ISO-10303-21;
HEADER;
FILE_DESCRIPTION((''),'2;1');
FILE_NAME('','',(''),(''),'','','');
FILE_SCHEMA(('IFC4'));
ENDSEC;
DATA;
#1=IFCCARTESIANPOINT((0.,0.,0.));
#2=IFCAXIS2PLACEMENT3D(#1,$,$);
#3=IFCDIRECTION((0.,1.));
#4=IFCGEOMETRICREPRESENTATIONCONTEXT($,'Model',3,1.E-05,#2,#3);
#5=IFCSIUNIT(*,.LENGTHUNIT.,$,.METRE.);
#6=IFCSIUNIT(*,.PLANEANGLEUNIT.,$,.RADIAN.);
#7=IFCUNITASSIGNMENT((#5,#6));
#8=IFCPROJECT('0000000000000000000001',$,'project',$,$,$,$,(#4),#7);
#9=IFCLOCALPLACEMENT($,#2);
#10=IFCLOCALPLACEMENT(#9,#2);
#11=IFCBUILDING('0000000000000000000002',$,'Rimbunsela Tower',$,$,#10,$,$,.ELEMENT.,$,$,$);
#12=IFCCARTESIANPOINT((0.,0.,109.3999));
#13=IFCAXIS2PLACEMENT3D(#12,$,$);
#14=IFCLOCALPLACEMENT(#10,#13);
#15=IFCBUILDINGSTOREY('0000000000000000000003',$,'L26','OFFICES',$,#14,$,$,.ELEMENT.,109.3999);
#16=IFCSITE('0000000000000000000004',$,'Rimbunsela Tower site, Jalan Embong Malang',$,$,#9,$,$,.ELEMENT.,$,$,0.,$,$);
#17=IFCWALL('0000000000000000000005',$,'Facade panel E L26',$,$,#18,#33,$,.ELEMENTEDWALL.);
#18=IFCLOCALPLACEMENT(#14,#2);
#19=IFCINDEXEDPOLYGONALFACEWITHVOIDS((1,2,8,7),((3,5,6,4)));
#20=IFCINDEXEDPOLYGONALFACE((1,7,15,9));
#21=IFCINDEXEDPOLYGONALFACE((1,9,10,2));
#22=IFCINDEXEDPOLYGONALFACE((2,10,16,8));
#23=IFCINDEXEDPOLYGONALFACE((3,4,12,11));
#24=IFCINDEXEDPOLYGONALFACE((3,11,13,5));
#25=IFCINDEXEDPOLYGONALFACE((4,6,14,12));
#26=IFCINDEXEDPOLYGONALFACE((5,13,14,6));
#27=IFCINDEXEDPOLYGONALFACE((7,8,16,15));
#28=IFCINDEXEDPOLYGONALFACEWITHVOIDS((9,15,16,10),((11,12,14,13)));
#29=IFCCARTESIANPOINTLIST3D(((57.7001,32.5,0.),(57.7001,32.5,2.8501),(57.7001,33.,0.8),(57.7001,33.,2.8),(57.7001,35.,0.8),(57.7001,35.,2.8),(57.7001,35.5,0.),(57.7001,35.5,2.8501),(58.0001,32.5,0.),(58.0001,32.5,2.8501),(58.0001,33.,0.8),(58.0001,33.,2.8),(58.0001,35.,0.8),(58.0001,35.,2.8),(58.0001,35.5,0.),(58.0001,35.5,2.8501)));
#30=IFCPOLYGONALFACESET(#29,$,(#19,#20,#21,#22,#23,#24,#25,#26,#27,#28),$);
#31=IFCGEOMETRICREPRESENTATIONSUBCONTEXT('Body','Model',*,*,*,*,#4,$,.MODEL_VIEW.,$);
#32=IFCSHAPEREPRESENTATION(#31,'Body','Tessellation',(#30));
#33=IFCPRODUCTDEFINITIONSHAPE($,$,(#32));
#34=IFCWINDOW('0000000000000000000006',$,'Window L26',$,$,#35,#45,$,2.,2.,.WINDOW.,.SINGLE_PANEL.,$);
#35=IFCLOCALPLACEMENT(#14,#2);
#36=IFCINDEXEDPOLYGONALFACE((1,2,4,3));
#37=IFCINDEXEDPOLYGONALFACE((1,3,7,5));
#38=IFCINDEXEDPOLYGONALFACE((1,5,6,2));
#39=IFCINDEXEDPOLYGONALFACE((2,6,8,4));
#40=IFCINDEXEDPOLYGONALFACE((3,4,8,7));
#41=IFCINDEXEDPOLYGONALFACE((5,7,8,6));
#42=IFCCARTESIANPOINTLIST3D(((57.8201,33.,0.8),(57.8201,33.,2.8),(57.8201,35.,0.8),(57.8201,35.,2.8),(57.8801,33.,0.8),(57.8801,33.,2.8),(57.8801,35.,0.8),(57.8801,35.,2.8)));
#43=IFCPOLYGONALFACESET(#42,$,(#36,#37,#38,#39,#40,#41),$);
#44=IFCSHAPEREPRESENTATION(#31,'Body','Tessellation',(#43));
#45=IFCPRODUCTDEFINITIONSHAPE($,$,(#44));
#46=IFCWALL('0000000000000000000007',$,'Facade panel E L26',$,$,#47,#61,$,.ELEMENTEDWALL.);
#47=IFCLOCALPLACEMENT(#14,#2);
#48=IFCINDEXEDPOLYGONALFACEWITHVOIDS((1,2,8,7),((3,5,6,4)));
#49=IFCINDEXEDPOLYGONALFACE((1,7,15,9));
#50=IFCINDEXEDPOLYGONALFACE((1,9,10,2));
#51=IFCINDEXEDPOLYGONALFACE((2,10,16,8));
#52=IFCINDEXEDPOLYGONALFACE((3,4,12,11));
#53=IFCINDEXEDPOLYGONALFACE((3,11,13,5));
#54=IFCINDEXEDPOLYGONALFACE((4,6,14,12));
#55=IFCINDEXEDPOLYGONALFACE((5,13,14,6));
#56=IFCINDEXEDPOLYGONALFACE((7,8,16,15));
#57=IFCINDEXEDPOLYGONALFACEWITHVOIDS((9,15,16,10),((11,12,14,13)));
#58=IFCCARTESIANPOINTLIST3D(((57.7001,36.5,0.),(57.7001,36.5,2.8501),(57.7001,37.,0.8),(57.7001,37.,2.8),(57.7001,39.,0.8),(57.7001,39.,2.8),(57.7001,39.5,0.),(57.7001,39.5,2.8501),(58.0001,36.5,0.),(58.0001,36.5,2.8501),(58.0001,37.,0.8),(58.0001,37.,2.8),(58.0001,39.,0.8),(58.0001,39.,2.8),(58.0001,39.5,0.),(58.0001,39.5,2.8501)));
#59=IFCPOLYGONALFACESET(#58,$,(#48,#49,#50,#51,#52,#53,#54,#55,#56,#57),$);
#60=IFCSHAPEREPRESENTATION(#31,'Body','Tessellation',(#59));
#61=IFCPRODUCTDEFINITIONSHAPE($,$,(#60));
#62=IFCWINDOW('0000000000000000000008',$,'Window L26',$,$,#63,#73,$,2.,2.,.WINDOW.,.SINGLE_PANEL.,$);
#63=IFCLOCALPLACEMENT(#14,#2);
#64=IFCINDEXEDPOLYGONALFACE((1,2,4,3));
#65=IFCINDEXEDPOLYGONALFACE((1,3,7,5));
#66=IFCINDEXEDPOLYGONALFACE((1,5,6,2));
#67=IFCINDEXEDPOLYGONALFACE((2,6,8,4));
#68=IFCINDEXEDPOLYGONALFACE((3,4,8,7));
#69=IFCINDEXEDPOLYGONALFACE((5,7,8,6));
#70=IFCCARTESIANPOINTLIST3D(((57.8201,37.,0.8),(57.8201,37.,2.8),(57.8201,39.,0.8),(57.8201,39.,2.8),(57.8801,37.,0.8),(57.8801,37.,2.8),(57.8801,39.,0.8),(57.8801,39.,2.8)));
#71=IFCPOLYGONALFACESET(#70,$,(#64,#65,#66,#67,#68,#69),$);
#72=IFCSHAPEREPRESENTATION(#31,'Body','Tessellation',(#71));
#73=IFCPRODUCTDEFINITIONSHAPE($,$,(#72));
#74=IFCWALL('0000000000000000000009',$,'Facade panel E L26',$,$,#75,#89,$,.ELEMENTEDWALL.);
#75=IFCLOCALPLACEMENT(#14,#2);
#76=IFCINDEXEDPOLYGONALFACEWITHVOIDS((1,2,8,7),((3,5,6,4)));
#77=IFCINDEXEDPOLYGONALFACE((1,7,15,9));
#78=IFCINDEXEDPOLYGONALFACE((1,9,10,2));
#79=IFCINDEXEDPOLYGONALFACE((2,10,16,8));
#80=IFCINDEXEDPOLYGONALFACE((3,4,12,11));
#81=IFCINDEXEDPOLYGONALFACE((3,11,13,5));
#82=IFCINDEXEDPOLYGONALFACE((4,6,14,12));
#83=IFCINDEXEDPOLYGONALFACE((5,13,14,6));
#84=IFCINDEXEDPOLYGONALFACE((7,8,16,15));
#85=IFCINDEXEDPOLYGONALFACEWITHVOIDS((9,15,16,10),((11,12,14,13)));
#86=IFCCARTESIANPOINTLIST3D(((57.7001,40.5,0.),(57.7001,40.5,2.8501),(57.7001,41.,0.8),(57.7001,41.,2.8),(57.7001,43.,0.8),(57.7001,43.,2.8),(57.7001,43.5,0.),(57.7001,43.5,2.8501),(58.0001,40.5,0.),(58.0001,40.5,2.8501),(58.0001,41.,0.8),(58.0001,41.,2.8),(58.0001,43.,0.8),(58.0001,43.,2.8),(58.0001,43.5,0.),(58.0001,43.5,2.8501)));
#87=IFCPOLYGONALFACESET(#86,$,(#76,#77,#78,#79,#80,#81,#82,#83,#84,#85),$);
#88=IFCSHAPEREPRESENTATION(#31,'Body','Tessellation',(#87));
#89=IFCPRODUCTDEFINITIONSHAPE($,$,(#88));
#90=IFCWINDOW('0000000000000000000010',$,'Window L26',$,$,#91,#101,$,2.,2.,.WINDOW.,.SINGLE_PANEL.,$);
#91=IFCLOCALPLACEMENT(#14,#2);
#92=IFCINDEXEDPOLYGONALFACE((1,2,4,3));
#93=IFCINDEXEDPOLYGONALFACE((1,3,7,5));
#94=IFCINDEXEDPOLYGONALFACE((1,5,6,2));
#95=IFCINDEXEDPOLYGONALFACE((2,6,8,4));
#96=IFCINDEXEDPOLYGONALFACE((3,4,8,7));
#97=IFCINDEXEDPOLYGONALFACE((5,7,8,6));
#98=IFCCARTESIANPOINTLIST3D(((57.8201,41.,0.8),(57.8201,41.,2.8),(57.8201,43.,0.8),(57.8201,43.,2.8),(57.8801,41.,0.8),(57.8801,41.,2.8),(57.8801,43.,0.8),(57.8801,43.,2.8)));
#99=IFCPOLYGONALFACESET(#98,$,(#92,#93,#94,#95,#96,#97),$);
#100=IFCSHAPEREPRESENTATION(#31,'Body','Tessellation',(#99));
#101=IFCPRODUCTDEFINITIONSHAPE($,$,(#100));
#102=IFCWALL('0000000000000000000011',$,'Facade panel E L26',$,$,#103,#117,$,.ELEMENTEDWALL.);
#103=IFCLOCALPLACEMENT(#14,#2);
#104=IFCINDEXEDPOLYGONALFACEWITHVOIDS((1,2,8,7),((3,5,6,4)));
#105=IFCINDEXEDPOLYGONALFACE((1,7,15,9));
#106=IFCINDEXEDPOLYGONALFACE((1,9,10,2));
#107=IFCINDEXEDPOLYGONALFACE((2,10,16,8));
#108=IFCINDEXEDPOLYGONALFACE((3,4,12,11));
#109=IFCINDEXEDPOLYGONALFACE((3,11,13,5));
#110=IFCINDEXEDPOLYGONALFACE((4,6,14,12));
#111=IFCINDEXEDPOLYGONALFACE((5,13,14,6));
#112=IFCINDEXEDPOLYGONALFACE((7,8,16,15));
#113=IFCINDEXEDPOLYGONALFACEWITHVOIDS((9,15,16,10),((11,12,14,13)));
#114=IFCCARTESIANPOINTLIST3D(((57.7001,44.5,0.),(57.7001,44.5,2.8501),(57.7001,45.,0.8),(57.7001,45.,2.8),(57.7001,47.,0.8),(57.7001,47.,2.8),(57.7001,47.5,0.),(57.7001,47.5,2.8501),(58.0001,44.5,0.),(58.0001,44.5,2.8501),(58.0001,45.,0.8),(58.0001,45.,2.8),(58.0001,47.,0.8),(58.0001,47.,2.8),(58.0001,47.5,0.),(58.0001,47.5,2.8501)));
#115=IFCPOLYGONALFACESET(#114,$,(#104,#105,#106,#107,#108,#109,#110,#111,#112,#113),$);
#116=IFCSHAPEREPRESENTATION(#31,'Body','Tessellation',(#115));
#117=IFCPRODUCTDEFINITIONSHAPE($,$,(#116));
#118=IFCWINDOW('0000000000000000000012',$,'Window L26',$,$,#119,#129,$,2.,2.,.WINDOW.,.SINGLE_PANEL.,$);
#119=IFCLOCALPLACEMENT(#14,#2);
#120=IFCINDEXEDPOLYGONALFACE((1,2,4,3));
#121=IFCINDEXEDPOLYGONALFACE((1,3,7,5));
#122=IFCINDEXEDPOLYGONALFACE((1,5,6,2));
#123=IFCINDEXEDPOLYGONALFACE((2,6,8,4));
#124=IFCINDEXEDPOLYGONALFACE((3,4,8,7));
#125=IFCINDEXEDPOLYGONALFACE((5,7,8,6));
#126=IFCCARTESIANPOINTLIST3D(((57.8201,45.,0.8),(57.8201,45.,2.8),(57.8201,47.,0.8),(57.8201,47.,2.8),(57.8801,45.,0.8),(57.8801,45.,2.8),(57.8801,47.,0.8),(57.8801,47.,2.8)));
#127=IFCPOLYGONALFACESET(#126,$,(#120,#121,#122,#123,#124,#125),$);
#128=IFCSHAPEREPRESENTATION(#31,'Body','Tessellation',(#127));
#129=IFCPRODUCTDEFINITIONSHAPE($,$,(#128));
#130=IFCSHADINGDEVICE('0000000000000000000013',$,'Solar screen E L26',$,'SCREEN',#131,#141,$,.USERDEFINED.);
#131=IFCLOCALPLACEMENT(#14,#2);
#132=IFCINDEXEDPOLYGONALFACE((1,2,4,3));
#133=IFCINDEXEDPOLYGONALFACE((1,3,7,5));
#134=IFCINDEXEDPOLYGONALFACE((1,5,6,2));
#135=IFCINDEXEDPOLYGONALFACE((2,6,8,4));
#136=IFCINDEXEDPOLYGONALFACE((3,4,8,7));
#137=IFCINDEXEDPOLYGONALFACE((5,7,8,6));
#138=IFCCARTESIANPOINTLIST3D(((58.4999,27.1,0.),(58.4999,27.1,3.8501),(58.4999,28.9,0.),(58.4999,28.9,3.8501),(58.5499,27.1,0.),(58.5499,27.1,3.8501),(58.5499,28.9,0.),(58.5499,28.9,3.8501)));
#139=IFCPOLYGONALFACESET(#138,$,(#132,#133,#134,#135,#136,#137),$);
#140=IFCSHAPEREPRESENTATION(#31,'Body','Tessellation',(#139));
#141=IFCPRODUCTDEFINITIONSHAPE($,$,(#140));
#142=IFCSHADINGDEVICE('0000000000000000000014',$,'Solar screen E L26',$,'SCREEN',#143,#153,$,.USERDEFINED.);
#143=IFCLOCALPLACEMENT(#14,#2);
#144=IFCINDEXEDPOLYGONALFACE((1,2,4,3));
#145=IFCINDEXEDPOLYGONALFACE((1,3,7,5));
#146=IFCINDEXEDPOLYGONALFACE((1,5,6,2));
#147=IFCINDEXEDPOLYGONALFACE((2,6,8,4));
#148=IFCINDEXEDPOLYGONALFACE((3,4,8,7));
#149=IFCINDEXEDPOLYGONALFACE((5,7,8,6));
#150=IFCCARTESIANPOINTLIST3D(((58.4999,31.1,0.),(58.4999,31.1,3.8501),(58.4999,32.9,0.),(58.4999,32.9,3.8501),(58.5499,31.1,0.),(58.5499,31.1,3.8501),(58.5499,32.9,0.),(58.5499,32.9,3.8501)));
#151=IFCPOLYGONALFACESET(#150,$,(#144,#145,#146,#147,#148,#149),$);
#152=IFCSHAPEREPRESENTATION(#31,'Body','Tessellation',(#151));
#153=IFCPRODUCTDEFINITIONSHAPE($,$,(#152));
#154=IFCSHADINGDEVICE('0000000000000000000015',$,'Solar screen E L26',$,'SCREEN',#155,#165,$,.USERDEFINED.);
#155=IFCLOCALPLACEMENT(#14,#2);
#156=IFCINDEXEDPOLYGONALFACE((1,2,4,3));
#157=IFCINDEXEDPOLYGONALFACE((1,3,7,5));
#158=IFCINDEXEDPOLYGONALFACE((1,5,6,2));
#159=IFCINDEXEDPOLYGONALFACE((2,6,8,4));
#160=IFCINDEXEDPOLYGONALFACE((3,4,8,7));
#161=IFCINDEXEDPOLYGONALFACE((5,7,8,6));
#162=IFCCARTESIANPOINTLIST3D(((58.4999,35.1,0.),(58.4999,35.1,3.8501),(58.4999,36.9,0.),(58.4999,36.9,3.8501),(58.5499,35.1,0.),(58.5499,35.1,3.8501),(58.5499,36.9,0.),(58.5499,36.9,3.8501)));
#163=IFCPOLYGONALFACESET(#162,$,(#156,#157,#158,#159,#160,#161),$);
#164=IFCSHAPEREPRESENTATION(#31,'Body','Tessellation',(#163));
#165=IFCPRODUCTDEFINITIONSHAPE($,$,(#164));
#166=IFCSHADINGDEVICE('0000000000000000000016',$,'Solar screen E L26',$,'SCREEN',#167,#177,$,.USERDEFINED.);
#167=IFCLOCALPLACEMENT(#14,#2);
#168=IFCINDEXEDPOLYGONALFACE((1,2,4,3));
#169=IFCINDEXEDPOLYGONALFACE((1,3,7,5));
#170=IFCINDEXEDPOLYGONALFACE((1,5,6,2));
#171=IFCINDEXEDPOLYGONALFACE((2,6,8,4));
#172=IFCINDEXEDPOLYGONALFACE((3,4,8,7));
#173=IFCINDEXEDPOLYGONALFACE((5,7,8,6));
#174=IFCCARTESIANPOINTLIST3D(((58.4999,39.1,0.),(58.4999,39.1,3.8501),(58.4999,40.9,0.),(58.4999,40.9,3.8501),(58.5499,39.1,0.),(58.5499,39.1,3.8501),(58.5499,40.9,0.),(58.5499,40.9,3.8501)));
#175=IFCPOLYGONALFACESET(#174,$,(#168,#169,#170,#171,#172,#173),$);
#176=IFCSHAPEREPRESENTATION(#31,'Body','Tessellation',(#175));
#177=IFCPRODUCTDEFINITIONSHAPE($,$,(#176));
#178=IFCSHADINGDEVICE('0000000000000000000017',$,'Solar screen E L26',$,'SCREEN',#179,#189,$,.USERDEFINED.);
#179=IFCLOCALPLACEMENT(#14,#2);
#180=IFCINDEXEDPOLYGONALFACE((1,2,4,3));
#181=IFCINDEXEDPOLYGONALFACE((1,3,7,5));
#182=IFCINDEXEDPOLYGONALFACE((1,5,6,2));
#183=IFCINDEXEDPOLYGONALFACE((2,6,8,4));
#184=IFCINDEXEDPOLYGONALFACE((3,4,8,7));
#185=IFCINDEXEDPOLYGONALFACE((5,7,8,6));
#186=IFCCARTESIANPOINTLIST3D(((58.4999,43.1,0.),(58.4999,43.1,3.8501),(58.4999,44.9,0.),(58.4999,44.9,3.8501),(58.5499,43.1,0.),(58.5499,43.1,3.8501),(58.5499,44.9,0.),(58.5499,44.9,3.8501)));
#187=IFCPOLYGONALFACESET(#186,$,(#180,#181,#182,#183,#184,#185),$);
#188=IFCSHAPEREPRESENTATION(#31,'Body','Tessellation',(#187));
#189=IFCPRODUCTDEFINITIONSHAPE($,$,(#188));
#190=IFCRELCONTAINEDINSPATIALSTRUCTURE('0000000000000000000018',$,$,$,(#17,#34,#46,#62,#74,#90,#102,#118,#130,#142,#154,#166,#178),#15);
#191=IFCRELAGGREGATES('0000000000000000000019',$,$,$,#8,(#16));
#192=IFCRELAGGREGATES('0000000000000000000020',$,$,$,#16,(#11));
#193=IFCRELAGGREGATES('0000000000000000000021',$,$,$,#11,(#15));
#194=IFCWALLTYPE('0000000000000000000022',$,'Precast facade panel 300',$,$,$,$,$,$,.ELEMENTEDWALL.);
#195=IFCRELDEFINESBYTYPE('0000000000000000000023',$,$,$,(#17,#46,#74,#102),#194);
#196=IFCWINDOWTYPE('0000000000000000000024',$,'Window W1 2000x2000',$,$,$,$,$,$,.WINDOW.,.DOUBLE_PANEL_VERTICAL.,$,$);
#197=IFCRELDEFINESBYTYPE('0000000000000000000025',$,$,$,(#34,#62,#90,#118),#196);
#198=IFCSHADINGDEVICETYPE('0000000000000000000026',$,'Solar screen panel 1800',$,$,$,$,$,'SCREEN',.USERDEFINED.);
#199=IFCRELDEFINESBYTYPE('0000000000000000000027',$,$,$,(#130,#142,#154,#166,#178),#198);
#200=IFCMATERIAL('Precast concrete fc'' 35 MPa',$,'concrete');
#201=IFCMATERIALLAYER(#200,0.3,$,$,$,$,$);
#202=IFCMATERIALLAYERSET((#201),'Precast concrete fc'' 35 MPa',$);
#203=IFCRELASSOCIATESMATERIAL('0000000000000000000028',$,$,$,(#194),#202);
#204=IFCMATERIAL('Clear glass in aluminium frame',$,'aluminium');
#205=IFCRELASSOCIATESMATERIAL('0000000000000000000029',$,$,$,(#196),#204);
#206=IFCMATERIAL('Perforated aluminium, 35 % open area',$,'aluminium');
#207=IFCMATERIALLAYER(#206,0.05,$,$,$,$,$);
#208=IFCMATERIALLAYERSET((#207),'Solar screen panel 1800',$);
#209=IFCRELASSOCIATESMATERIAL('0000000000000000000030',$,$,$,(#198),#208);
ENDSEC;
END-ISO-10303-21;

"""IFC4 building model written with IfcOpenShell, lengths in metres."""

from ifc_helpers import new_model, si_unit, direction, frame, frame_2d, origin, origin_2d, place, context, subcontext, project, spatial, rectangle, extrude, material, layer, layer_set, type_object, element, fill, save


model = new_model("IFC4")

# Units and contexts
model_context = context("Model", 3, precision=1e-05, world=origin(), true_north=direction((0.0, 1.0)))
body_context = subcontext(model_context, "Body", "Model", "MODEL_VIEW")
ifc_project = project(units=[si_unit("LENGTHUNIT", "METRE"), si_unit("PLANEANGLEUNIT", "RADIAN")], contexts=[model_context])

# Site, building, storey
site_placement = place(None, origin())
site = spatial("IfcSite", under=ifc_project, at=site_placement, Name="Rimbunsela Tower site, Jalan Embong Malang", CompositionType="ELEMENT", RefElevation=0.0)
building_placement = place(site_placement, origin())
building = spatial("IfcBuilding", under=site, at=building_placement, Name="Rimbunsela Tower", CompositionType="ELEMENT")
storey_placement = place(building_placement, frame((0.0, 0.0, 109.3999)))
storey = spatial("IfcBuildingStorey", under=building, at=storey_placement, Name="L26", Description="OFFICES", CompositionType="ELEMENT", Elevation=109.3999)

# Walls, openings, windows
ifc_material_1 = material(Name="Precast concrete fc' 35 MPa", Category="concrete")
ifc_layer_1 = layer(ifc_material_1, 0.3)
ifc_layer_set_1 = layer_set([ifc_layer_1], Name="Precast concrete fc' 35 MPa")
wall_type_1 = type_object("IfcWallType", Name="Precast facade panel 300", PredefinedType="ELEMENTEDWALL", material=ifc_layer_set_1)
ifc_material_2 = material(Name="Clear glass in aluminium frame", Category="aluminium")
window_type = type_object("IfcWindowType", Name="Window W1 2000x2000", PartitioningType="DOUBLE_PANEL_VERTICAL", PredefinedType="WINDOW", material=ifc_material_2)
wall_1_placement = place(storey_placement, frame((57.8501, 32.5, 0.0), z_axis=(0.0, 0.0, 1.0), x_axis=(0.0, 1.0, 0.0)))
wall_1 = element("IfcWall", 1, at=wall_1_placement, inside=storey, type_object=wall_type_1, Name="Facade panel E L26", PredefinedType="ELEMENTEDWALL", context=body_context, shape_type="SweptSolid", body=[
    extrude(rectangle(XDim=3.0, YDim=0.3, at=frame_2d((1.5, 0.0))), origin(), (0.0, 0.0, 1.0), 2.8501),
])
opening_1_placement = place(wall_1_placement, frame((0.5, 0.0, 0.8)))
opening_1 = element("IfcOpeningElement", 2, at=opening_1_placement, cuts=wall_1, PredefinedType="OPENING", context=body_context, shape_type="SweptSolid", body=[
    extrude(rectangle(XDim=2.0, YDim=2.0, at=frame_2d((1.0, 1.0))), frame((0.0, 0.1599, 0.0), z_axis=(0.0, -1.0, 0.0), x_axis=(1.0, 0.0, 0.0)), (0.0, 0.0, 1.0), 0.3201),
])
window_1_placement = place(opening_1_placement, origin())
window_1 = element("IfcWindow", 3, at=window_1_placement, inside=storey, type_object=window_type, Name="Window L26", OverallHeight=2.0, OverallWidth=2.0, PartitioningType="SINGLE_PANEL", PredefinedType="WINDOW", context=body_context, shape_type="SweptSolid", body=[
    extrude(rectangle(XDim=2.0, YDim=2.0, at=frame_2d((1.0, 1.0))), frame((0.0, 0.03, 0.0), z_axis=(0.0, -1.0, 0.0), x_axis=(1.0, 0.0, 0.0)), (0.0, 0.0, 1.0), 0.0601),
])
fill(opening_1, window_1)
wall_2_placement = place(storey_placement, frame((57.8501, 36.5, 0.0), z_axis=(0.0, 0.0, 1.0), x_axis=(0.0, 1.0, 0.0)))
wall_2 = element("IfcWall", 4, at=wall_2_placement, inside=storey, type_object=wall_type_1, Name="Facade panel E L26", PredefinedType="ELEMENTEDWALL", context=body_context, shape_type="SweptSolid", body=[
    extrude(rectangle(XDim=3.0, YDim=0.3, at=frame_2d((1.5, 0.0))), origin(), (0.0, 0.0, 1.0), 2.8501),
])
opening_2_placement = place(wall_2_placement, frame((0.5, 0.0, 0.8)))
opening_2 = element("IfcOpeningElement", 5, at=opening_2_placement, cuts=wall_2, PredefinedType="OPENING", context=body_context, shape_type="SweptSolid", body=[
    extrude(rectangle(XDim=2.0, YDim=2.0, at=frame_2d((1.0, 1.0))), frame((0.0, 0.1599, 0.0), z_axis=(0.0, -1.0, 0.0), x_axis=(1.0, 0.0, 0.0)), (0.0, 0.0, 1.0), 0.3201),
])
window_2_placement = place(opening_2_placement, origin())
window_2 = element("IfcWindow", 6, at=window_2_placement, inside=storey, type_object=window_type, Name="Window L26", OverallHeight=2.0, OverallWidth=2.0, PartitioningType="SINGLE_PANEL", PredefinedType="WINDOW", context=body_context, shape_type="SweptSolid", body=[
    extrude(rectangle(XDim=2.0, YDim=2.0, at=frame_2d((1.0, 1.0))), frame((0.0, 0.03, 0.0), z_axis=(0.0, -1.0, 0.0), x_axis=(1.0, 0.0, 0.0)), (0.0, 0.0, 1.0), 0.0601),
])
fill(opening_2, window_2)
wall_3_placement = place(storey_placement, frame((57.8501, 40.5, 0.0), z_axis=(0.0, 0.0, 1.0), x_axis=(0.0, 1.0, 0.0)))
wall_3 = element("IfcWall", 7, at=wall_3_placement, inside=storey, type_object=wall_type_1, Name="Facade panel E L26", PredefinedType="ELEMENTEDWALL", context=body_context, shape_type="SweptSolid", body=[
    extrude(rectangle(XDim=3.0, YDim=0.3, at=frame_2d((1.5, 0.0))), origin(), (0.0, 0.0, 1.0), 2.8501),
])
opening_3_placement = place(wall_3_placement, frame((0.5, 0.0, 0.8)))
opening_3 = element("IfcOpeningElement", 8, at=opening_3_placement, cuts=wall_3, PredefinedType="OPENING", context=body_context, shape_type="SweptSolid", body=[
    extrude(rectangle(XDim=2.0, YDim=2.0, at=frame_2d((1.0, 1.0))), frame((0.0, 0.1599, 0.0), z_axis=(0.0, -1.0, 0.0), x_axis=(1.0, 0.0, 0.0)), (0.0, 0.0, 1.0), 0.3201),
])
window_3_placement = place(opening_3_placement, origin())
window_3 = element("IfcWindow", 9, at=window_3_placement, inside=storey, type_object=window_type, Name="Window L26", OverallHeight=2.0, OverallWidth=2.0, PartitioningType="SINGLE_PANEL", PredefinedType="WINDOW", context=body_context, shape_type="SweptSolid", body=[
    extrude(rectangle(XDim=2.0, YDim=2.0, at=frame_2d((1.0, 1.0))), frame((0.0, 0.03, 0.0), z_axis=(0.0, -1.0, 0.0), x_axis=(1.0, 0.0, 0.0)), (0.0, 0.0, 1.0), 0.0601),
])
fill(opening_3, window_3)
wall_4_placement = place(storey_placement, frame((57.8501, 44.5, 0.0), z_axis=(0.0, 0.0, 1.0), x_axis=(0.0, 1.0, 0.0)))
wall_4 = element("IfcWall", 10, at=wall_4_placement, inside=storey, type_object=wall_type_1, Name="Facade panel E L26", PredefinedType="ELEMENTEDWALL", context=body_context, shape_type="SweptSolid", body=[
    extrude(rectangle(XDim=3.0, YDim=0.3, at=frame_2d((1.5, 0.0))), origin(), (0.0, 0.0, 1.0), 2.8501),
])
opening_4_placement = place(wall_4_placement, frame((0.5, 0.0, 0.8)))
opening_4 = element("IfcOpeningElement", 11, at=opening_4_placement, cuts=wall_4, PredefinedType="OPENING", context=body_context, shape_type="SweptSolid", body=[
    extrude(rectangle(XDim=2.0, YDim=2.0, at=frame_2d((1.0, 1.0))), frame((0.0, 0.1599, 0.0), z_axis=(0.0, -1.0, 0.0), x_axis=(1.0, 0.0, 0.0)), (0.0, 0.0, 1.0), 0.3201),
])
window_4_placement = place(opening_4_placement, origin())
window_4 = element("IfcWindow", 12, at=window_4_placement, inside=storey, type_object=window_type, Name="Window L26", OverallHeight=2.0, OverallWidth=2.0, PartitioningType="SINGLE_PANEL", PredefinedType="WINDOW", context=body_context, shape_type="SweptSolid", body=[
    extrude(rectangle(XDim=2.0, YDim=2.0, at=frame_2d((1.0, 1.0))), frame((0.0, 0.03, 0.0), z_axis=(0.0, -1.0, 0.0), x_axis=(1.0, 0.0, 0.0)), (0.0, 0.0, 1.0), 0.0601),
])
fill(opening_4, window_4)

# Shading devices
ifc_material_3 = material(Name="Perforated aluminium, 35 % open area", Category="aluminium")
ifc_layer_2 = layer(ifc_material_3, 0.05)
ifc_layer_set_2 = layer_set([ifc_layer_2], Name="Solar screen panel 1800")
shading_device_type = type_object("IfcShadingDeviceType", Name="Solar screen panel 1800", ElementType="SCREEN", PredefinedType="USERDEFINED", material=ifc_layer_set_2)
for number, where, z_axis, x_axis, name in (
    (13, (58.5249, 28.0, 0.0), (0.0, 0.0, 1.0), (0.0, 1.0, 0.0), "Solar screen E L26"),
    (14, (58.5249, 32.0, 0.0), (0.0, 0.0, 1.0), (0.0, 1.0, 0.0), "Solar screen E L26"),
    (15, (58.5249, 36.0, 0.0), (0.0, 0.0, 1.0), (0.0, 1.0, 0.0), "Solar screen E L26"),
    (16, (58.5249, 40.0, 0.0), (0.0, 0.0, 1.0), (0.0, 1.0, 0.0), "Solar screen E L26"),
    (17, (58.5249, 44.0, 0.0), (0.0, 0.0, 1.0), (0.0, 1.0, 0.0), "Solar screen E L26"),
):
    element("IfcShadingDevice", number, at=place(storey_placement, frame(where, z_axis=z_axis, x_axis=x_axis)), inside=storey, type_object=shading_device_type, Name=name, ObjectType="SCREEN", PredefinedType="USERDEFINED", context=body_context, shape_type="SweptSolid", body=[
        extrude(rectangle(XDim=1.8, YDim=0.05, at=origin_2d()), origin(), (0.0, 0.0, 1.0), 3.8501),
    ])

save(model, "model.ifc")
